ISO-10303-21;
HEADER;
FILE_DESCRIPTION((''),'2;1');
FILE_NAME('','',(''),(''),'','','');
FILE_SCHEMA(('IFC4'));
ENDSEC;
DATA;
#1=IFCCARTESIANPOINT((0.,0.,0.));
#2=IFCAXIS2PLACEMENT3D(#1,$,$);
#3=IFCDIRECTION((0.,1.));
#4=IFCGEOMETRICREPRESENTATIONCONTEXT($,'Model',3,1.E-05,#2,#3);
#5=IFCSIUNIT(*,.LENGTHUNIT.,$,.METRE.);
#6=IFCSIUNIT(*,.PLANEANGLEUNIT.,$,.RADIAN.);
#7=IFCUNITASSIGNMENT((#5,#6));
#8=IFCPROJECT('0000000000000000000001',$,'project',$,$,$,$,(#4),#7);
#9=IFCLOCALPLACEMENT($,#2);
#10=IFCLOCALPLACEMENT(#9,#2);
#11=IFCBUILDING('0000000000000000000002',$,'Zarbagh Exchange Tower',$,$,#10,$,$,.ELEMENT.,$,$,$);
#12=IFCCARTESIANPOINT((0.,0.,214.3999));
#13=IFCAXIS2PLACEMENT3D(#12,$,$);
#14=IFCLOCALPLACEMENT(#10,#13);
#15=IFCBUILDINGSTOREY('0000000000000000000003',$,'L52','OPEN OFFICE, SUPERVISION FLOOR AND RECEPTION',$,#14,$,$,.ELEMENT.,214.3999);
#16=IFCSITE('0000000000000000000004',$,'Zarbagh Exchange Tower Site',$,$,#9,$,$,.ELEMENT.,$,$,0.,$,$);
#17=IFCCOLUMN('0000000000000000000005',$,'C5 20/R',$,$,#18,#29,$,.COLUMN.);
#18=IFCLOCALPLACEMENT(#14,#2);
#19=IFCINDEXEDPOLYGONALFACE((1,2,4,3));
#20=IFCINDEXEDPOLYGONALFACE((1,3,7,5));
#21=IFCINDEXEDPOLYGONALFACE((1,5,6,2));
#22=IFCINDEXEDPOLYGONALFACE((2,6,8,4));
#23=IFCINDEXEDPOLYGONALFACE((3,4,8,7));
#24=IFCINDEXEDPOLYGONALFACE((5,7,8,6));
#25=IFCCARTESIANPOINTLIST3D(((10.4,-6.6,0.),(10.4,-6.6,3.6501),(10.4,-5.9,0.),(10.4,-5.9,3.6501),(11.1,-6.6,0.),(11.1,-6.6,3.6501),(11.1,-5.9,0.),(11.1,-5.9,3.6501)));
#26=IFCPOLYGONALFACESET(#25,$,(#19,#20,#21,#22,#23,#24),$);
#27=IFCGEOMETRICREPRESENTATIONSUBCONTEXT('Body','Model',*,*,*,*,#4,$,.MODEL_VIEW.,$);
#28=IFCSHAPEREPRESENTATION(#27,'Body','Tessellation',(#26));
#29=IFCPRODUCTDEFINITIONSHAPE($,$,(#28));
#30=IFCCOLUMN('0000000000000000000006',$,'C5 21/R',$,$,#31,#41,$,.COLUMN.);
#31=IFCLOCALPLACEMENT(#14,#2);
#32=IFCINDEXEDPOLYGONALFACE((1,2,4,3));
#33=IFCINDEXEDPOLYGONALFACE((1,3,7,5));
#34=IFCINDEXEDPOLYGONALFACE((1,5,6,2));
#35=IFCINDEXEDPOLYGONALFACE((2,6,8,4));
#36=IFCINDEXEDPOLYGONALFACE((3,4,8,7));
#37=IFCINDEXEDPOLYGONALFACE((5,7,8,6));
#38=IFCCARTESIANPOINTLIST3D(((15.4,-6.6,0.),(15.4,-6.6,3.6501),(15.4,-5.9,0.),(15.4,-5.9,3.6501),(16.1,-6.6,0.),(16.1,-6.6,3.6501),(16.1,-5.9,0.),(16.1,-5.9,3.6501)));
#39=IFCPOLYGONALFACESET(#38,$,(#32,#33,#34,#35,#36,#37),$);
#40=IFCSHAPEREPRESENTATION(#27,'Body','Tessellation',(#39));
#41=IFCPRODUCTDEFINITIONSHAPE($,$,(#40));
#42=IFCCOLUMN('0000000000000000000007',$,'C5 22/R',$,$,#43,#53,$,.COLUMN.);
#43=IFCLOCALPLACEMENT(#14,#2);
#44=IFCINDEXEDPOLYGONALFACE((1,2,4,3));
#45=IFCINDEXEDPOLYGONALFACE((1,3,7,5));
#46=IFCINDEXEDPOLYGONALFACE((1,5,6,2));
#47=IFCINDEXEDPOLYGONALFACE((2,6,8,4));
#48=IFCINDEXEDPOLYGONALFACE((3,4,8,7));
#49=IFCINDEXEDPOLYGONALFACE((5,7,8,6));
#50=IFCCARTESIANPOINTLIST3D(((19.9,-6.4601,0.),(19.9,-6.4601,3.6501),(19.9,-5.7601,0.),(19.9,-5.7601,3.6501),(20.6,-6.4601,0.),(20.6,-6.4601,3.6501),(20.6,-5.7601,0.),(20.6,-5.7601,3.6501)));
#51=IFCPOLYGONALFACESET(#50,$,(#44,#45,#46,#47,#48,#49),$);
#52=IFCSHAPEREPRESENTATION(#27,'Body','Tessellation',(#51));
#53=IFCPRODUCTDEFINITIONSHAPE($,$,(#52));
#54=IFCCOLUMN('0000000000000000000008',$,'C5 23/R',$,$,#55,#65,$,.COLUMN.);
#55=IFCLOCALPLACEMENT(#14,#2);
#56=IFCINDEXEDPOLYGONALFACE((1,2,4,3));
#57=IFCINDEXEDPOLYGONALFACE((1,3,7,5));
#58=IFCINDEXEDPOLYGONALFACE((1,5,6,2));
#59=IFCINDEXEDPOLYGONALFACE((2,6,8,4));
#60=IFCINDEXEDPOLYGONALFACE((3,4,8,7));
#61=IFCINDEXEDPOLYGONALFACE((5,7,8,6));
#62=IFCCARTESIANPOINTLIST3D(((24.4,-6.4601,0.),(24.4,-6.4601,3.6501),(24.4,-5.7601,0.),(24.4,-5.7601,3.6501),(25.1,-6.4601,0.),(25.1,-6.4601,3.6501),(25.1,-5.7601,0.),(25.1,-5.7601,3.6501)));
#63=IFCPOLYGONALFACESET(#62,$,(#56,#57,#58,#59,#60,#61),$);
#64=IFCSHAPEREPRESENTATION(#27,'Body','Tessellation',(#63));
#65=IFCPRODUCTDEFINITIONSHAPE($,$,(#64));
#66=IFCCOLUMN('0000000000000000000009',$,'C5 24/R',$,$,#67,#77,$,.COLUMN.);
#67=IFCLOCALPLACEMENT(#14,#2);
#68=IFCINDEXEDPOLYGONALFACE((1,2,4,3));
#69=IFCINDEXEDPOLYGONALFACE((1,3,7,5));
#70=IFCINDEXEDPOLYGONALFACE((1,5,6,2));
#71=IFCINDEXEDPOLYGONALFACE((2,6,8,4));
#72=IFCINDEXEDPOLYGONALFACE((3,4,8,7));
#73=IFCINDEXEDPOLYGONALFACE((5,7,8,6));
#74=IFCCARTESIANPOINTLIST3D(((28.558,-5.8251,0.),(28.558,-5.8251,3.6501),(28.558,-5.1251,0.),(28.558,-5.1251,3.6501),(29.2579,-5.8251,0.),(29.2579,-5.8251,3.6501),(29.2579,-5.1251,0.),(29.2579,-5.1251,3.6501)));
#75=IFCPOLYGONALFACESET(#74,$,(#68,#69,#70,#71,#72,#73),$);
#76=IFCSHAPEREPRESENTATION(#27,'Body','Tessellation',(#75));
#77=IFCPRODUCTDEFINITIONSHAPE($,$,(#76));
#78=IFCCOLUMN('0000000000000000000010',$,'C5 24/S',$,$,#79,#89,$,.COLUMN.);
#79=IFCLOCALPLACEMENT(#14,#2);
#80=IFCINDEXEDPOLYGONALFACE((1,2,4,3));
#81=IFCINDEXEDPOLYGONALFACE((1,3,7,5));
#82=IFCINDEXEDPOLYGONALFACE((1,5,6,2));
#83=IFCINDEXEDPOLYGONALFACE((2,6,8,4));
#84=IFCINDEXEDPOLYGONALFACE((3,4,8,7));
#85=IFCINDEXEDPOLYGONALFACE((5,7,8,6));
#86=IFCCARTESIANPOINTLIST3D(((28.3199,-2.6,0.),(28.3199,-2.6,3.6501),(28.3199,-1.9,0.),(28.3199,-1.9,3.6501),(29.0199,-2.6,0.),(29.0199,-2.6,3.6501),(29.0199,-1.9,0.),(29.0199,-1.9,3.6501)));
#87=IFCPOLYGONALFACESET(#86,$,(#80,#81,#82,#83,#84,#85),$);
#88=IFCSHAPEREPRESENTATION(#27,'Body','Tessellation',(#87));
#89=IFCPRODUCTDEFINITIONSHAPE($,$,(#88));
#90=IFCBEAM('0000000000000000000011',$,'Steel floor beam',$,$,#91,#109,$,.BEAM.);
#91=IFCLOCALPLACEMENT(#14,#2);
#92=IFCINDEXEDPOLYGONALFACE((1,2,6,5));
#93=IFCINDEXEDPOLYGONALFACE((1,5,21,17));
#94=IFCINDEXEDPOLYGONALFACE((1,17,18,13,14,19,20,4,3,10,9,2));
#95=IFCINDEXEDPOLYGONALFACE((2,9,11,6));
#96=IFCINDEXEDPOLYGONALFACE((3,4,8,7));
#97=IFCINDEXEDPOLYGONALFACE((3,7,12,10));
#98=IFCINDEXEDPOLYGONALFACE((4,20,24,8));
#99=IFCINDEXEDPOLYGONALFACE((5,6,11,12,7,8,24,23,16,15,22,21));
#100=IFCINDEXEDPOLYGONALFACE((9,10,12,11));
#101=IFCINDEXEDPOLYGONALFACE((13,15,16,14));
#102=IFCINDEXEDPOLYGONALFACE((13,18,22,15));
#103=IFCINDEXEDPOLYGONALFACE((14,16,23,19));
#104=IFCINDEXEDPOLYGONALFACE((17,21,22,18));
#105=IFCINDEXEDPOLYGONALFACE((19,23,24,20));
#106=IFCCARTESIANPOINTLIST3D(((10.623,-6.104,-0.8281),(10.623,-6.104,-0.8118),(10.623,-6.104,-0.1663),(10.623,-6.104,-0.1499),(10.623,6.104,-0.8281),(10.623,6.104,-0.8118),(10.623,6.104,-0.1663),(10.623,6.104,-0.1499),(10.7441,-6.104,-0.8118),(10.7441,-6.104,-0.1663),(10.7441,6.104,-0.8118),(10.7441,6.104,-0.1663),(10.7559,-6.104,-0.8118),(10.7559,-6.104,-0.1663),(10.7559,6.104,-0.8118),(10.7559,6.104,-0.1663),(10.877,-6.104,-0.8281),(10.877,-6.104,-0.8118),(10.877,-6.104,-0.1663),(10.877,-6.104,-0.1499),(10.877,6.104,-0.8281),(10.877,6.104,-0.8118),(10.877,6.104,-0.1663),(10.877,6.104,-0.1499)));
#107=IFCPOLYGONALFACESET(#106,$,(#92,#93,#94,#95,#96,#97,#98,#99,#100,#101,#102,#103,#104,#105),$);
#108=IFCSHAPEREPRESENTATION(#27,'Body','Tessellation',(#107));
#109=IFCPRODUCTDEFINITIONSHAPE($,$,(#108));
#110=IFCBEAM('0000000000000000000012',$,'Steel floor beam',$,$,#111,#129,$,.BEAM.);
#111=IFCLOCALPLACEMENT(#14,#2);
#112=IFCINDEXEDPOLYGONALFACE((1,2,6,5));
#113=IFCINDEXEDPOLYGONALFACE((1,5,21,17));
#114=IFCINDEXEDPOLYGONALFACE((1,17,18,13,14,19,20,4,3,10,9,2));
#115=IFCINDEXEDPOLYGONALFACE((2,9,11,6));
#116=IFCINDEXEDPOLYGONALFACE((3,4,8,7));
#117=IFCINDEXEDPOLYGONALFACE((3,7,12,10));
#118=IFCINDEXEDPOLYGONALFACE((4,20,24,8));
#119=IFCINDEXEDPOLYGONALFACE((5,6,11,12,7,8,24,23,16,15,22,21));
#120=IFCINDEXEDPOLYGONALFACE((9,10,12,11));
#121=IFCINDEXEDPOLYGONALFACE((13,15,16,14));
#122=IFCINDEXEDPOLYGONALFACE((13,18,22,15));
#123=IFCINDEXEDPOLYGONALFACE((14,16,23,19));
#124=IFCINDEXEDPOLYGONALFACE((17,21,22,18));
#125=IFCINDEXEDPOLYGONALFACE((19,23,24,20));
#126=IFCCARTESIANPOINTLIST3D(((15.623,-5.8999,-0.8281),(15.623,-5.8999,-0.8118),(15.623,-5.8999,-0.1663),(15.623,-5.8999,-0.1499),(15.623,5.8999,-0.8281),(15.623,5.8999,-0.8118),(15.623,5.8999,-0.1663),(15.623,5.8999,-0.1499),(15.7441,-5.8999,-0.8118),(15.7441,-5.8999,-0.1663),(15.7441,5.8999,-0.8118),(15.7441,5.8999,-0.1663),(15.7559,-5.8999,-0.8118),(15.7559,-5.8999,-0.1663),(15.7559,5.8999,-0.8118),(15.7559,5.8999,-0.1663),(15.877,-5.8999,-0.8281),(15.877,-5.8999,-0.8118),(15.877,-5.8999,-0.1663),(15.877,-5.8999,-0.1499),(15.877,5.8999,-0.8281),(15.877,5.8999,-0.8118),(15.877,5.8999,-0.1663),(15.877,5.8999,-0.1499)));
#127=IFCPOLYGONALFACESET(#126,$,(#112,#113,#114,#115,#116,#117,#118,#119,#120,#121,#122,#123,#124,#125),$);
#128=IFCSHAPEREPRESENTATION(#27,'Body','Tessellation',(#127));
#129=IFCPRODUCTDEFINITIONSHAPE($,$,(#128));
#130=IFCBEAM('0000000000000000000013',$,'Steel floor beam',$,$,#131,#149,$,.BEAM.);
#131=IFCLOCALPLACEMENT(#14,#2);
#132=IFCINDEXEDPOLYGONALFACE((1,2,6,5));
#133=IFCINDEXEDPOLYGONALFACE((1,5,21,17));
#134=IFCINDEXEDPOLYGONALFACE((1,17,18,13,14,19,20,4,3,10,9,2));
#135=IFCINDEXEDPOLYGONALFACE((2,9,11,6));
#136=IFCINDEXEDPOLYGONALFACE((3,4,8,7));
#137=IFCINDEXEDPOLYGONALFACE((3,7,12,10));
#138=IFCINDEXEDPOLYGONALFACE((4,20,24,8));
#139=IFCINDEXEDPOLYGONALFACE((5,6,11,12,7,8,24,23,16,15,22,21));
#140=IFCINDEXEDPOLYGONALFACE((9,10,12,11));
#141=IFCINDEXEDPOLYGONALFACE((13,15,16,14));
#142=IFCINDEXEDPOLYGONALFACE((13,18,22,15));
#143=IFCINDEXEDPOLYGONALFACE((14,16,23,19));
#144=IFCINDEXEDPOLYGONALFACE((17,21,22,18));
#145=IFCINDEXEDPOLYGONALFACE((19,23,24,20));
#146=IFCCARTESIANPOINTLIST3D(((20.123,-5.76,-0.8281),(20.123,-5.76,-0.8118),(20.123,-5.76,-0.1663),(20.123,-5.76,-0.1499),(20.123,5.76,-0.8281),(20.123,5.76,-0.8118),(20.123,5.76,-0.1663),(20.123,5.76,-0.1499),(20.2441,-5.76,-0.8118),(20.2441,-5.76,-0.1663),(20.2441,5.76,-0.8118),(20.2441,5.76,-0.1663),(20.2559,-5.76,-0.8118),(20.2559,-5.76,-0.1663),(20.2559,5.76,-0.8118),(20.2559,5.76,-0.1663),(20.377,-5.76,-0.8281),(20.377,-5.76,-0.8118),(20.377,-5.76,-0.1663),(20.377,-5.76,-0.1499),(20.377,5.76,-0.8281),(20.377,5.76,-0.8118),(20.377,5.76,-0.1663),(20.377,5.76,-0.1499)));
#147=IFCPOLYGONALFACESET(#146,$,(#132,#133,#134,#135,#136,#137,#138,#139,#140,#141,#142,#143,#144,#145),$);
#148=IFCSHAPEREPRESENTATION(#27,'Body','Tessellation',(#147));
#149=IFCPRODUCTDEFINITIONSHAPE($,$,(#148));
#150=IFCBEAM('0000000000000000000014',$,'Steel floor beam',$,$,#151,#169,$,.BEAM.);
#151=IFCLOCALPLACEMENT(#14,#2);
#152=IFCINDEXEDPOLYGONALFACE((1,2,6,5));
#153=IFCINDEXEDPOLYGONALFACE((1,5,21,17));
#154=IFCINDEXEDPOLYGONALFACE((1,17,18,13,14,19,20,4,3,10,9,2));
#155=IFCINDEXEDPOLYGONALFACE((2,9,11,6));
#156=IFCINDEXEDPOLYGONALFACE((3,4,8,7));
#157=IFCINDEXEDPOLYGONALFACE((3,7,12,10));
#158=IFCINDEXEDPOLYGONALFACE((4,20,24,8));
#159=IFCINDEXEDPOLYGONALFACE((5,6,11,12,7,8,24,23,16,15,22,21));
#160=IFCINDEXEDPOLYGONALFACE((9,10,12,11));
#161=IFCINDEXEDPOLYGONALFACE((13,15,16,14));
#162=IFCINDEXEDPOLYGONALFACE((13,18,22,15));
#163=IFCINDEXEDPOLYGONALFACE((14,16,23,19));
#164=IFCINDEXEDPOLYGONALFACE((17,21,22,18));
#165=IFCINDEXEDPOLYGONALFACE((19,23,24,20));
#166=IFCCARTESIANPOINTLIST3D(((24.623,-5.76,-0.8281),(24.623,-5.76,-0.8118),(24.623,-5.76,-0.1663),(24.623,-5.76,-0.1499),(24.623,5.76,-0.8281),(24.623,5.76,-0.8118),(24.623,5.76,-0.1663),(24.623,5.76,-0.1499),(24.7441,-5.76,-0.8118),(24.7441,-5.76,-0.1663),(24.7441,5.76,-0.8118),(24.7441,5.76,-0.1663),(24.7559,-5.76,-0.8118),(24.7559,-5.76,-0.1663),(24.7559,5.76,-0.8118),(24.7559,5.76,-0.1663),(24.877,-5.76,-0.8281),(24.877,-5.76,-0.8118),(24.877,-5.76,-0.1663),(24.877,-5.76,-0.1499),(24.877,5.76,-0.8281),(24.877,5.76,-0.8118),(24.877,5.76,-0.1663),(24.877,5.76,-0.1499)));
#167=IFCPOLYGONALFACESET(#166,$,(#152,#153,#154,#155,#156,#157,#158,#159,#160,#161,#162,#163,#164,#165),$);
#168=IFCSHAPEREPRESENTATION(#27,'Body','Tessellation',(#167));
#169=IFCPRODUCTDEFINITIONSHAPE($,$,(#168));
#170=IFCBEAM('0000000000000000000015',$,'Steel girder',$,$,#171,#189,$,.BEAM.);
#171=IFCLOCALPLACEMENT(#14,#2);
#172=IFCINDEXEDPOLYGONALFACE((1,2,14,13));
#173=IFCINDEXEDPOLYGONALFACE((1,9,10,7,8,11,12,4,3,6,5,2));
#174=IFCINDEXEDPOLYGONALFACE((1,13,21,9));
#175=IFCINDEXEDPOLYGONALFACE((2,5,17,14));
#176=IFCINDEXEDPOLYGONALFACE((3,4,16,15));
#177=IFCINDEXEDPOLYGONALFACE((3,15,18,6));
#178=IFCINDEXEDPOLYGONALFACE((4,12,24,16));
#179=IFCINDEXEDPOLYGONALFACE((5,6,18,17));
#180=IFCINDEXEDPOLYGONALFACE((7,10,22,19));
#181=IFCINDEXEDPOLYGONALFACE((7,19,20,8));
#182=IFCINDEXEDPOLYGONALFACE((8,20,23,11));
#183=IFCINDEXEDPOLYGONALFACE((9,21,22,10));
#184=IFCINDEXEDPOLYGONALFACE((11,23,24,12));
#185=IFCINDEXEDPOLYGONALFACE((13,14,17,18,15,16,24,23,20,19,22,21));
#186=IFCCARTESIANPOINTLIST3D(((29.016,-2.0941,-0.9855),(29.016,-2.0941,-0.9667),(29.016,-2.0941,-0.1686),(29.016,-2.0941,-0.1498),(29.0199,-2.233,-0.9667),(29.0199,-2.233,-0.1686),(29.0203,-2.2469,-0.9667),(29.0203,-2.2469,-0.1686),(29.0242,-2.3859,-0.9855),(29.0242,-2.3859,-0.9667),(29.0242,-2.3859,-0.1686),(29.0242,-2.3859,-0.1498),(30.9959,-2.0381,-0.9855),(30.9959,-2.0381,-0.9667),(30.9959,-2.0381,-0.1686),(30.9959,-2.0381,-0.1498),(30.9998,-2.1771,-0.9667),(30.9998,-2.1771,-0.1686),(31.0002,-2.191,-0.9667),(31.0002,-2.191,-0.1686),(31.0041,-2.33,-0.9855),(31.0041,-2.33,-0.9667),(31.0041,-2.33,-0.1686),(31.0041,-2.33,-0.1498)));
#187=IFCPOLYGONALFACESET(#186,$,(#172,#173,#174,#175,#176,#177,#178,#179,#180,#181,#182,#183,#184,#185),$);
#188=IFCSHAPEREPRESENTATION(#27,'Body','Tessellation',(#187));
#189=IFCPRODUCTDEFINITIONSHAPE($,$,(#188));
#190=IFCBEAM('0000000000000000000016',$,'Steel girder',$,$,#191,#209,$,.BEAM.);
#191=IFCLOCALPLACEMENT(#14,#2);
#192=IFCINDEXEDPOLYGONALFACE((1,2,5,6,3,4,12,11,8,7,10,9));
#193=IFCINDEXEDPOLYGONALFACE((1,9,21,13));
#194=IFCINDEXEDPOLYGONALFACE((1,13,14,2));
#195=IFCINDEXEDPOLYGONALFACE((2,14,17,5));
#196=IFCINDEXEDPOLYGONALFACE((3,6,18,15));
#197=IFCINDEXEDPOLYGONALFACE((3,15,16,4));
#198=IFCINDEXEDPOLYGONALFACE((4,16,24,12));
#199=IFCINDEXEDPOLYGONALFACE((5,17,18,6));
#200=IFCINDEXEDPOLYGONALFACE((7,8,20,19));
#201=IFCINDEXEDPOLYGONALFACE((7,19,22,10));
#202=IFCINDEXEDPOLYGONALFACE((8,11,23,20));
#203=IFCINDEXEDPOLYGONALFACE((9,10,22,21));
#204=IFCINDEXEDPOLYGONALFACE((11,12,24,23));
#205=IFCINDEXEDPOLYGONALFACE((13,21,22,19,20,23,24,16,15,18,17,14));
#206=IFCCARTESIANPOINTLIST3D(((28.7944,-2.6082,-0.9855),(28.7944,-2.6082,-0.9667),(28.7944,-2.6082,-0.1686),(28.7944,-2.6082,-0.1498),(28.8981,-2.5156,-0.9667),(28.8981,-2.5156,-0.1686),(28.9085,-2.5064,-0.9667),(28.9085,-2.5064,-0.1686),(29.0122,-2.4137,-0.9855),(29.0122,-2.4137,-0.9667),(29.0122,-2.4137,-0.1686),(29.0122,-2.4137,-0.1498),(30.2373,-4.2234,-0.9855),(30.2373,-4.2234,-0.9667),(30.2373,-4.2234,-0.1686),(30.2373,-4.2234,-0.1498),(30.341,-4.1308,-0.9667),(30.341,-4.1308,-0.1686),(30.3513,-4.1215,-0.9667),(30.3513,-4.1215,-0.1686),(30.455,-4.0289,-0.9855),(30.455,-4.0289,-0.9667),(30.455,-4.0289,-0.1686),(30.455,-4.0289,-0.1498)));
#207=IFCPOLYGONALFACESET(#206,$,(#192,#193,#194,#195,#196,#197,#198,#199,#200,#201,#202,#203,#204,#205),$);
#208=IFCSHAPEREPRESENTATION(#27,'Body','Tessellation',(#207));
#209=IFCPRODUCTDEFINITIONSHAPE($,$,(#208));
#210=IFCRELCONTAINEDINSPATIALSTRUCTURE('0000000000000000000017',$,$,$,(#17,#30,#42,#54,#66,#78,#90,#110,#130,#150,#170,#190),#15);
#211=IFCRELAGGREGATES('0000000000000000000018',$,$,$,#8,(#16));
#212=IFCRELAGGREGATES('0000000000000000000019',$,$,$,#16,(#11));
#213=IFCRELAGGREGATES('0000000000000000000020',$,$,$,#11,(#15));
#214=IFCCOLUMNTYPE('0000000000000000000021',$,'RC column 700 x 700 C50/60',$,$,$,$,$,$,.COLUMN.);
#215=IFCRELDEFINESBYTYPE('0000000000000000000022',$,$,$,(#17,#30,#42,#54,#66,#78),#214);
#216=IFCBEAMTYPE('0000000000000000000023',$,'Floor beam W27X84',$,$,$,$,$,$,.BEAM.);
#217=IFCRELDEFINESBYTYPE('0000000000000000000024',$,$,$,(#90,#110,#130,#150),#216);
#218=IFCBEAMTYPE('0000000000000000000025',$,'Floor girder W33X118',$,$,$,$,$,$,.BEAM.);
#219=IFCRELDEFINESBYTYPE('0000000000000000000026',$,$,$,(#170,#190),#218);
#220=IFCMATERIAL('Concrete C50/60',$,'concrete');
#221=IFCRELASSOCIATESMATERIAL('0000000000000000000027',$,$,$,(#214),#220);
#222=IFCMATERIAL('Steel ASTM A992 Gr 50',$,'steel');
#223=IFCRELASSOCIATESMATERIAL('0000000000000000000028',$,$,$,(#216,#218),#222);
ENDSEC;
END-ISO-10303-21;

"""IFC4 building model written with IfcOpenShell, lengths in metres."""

from ifc_helpers import new_model, si_unit, direction, frame, origin, origin_2d, place, context, subcontext, project, spatial, rectangle, i_section, extrude, material, material_profile, profile_set, type_object, element, save


model = new_model("IFC4")

# Units and contexts
model_context = context("Model", 3, precision=1e-05, world=origin(), true_north=direction((0.0, 1.0)))
body_context = subcontext(model_context, "Body", "Model", "MODEL_VIEW")
ifc_project = project(units=[si_unit("LENGTHUNIT", "METRE"), si_unit("PLANEANGLEUNIT", "RADIAN")], contexts=[model_context])

# Site, building, storey
site_placement = place(None, origin())
site = spatial("IfcSite", under=ifc_project, at=site_placement, Name="Zarbagh Exchange Tower Site", CompositionType="ELEMENT", RefElevation=0.0)
building_placement = place(site_placement, origin())
building = spatial("IfcBuilding", under=site, at=building_placement, Name="Zarbagh Exchange Tower", CompositionType="ELEMENT")
storey_placement = place(building_placement, frame((0.0, 0.0, 214.3999)))
storey = spatial("IfcBuildingStorey", under=building, at=storey_placement, Name="L52", Description="OPEN OFFICE, SUPERVISION FLOOR AND RECEPTION", CompositionType="ELEMENT", Elevation=214.3999)

# Columns
ifc_material_1 = material(Name="Concrete C50/60", Category="concrete")
ifc_material_profile_1 = material_profile(ifc_material_1, rectangle(XDim=0.7, YDim=0.7, at=origin_2d()), Name="RC column 700 x 700 C50/60")
ifc_profile_set_1 = profile_set([ifc_material_profile_1], Name="Concrete C50/60")
column_type = type_object("IfcColumnType", Name="RC column 700 x 700 C50/60", PredefinedType="COLUMN", material=ifc_profile_set_1)
for number, where, z_axis, x_axis, name in (
    (1, (10.75, -6.25, 0.0), (0.0, 0.0, 1.0), (1.0, 0.0, 0.0), "C5 20/R"),
    (2, (15.75, -6.25, 0.0), (0.0, 0.0, 1.0), (1.0, 0.0, 0.0), "C5 21/R"),
    (3, (20.25, -6.1101, 0.0), (0.0, 0.0, 1.0), (1.0, 0.0, 0.0), "C5 22/R"),
    (4, (24.75, -6.1101, 0.0), (0.0, 0.0, 1.0), (1.0, 0.0, 0.0), "C5 23/R"),
    (5, (28.908, -5.4751, 0.0), (0.0, 0.0, 1.0), (1.0, 0.0, 0.0), "C5 24/R"),
    (6, (28.6699, -2.25, 0.0), (0.0, 0.0, 1.0), (1.0, 0.0, 0.0), "C5 24/S"),
):
    element("IfcColumn", number, at=place(storey_placement, frame(where, z_axis=z_axis, x_axis=x_axis)), inside=storey, type_object=column_type, Name=name, PredefinedType="COLUMN", context=body_context, shape_type="SweptSolid", body=[
        extrude(rectangle(XDim=0.7, YDim=0.7, at=origin_2d()), origin(), (0.0, 0.0, 1.0), 3.6501),
    ])

# Beams
ifc_material_2 = material(Name="Steel ASTM A992 Gr 50", Category="steel")
ifc_material_profile_2 = material_profile(ifc_material_2, i_section(OverallWidth=0.2539, OverallDepth=0.6782, WebThickness=0.0117, FlangeThickness=0.0164, at=origin_2d()), Name="W27X84")
ifc_profile_set_2 = profile_set([ifc_material_profile_2], Name="Steel ASTM A992 Gr 50")
beam_type_1 = type_object("IfcBeamType", Name="Floor beam W27X84", PredefinedType="BEAM", material=ifc_profile_set_2)
beam_1_placement = place(storey_placement, frame((10.75, -6.104, -0.489), z_axis=(0.0, 1.0, 0.0), x_axis=(-1.0, 0.0, 0.0)))
element("IfcBeam", 7, at=beam_1_placement, inside=storey, type_object=beam_type_1, Name="Steel floor beam", PredefinedType="BEAM", context=body_context, shape_type="SweptSolid", body=[
    extrude(i_section(OverallWidth=0.2539, OverallDepth=0.6782, WebThickness=0.0117, FlangeThickness=0.0164, at=origin_2d()), origin(), (0.0, 0.0, 1.0), 12.208),
])
beam_2_placement = place(storey_placement, frame((15.75, -5.8999, -0.489), z_axis=(0.0, 1.0, 0.0), x_axis=(-1.0, 0.0, 0.0)))
element("IfcBeam", 8, at=beam_2_placement, inside=storey, type_object=beam_type_1, Name="Steel floor beam", PredefinedType="BEAM", context=body_context, shape_type="SweptSolid", body=[
    extrude(i_section(OverallWidth=0.2539, OverallDepth=0.6782, WebThickness=0.0117, FlangeThickness=0.0164, at=origin_2d()), origin(), (0.0, 0.0, 1.0), 11.7998),
])
for number, where, z_axis, x_axis, name in (
    (9, (20.25, -5.76, -0.489), (0.0, 1.0, 0.0), (-1.0, 0.0, 0.0), "Steel floor beam"),
    (10, (24.75, -5.76, -0.489), (0.0, 1.0, 0.0), (-1.0, 0.0, 0.0), "Steel floor beam"),
):
    element("IfcBeam", number, at=place(storey_placement, frame(where, z_axis=z_axis, x_axis=x_axis)), inside=storey, type_object=beam_type_1, Name=name, PredefinedType="BEAM", context=body_context, shape_type="SweptSolid", body=[
        extrude(i_section(OverallWidth=0.2539, OverallDepth=0.6782, WebThickness=0.0117, FlangeThickness=0.0164, at=origin_2d()), origin(), (0.0, 0.0, 1.0), 11.52),
    ])
ifc_material_profile_3 = material_profile(ifc_material_2, i_section(OverallWidth=0.292, OverallDepth=0.8357, WebThickness=0.0139, FlangeThickness=0.0188, at=origin_2d()), Name="W33X118")
ifc_profile_set_3 = profile_set([ifc_material_profile_3], Name="Steel ASTM A992 Gr 50")
beam_type_2 = type_object("IfcBeamType", Name="Floor girder W33X118", PredefinedType="BEAM", material=ifc_profile_set_3)
beam_3_placement = place(storey_placement, frame((31.0, -2.1841, -0.5676), z_axis=(-0.999602, -0.028225, 0.0), x_axis=(0.028225, -0.999602, 0.0)))
element("IfcBeam", 11, at=beam_3_placement, inside=storey, type_object=beam_type_2, Name="Steel girder", PredefinedType="BEAM", context=body_context, shape_type="SweptSolid", body=[
    extrude(i_section(OverallWidth=0.292, OverallDepth=0.8357, WebThickness=0.0139, FlangeThickness=0.0188, at=origin_2d()), origin(), (0.0, 0.0, 1.0), 1.9807),
])
beam_4_placement = place(storey_placement, frame((28.9033, -2.511, -0.5676), z_axis=(0.666195, -0.745778, 0.0), x_axis=(0.745778, 0.666195, 0.0)))
element("IfcBeam", 12, at=beam_4_placement, inside=storey, type_object=beam_type_2, Name="Steel girder", PredefinedType="BEAM", context=body_context, shape_type="SweptSolid", body=[
    extrude(i_section(OverallWidth=0.292, OverallDepth=0.8357, WebThickness=0.0139, FlangeThickness=0.0188, at=origin_2d()), origin(), (0.0, 0.0, 1.0), 2.1658),
])

save(model, "model.ifc")
